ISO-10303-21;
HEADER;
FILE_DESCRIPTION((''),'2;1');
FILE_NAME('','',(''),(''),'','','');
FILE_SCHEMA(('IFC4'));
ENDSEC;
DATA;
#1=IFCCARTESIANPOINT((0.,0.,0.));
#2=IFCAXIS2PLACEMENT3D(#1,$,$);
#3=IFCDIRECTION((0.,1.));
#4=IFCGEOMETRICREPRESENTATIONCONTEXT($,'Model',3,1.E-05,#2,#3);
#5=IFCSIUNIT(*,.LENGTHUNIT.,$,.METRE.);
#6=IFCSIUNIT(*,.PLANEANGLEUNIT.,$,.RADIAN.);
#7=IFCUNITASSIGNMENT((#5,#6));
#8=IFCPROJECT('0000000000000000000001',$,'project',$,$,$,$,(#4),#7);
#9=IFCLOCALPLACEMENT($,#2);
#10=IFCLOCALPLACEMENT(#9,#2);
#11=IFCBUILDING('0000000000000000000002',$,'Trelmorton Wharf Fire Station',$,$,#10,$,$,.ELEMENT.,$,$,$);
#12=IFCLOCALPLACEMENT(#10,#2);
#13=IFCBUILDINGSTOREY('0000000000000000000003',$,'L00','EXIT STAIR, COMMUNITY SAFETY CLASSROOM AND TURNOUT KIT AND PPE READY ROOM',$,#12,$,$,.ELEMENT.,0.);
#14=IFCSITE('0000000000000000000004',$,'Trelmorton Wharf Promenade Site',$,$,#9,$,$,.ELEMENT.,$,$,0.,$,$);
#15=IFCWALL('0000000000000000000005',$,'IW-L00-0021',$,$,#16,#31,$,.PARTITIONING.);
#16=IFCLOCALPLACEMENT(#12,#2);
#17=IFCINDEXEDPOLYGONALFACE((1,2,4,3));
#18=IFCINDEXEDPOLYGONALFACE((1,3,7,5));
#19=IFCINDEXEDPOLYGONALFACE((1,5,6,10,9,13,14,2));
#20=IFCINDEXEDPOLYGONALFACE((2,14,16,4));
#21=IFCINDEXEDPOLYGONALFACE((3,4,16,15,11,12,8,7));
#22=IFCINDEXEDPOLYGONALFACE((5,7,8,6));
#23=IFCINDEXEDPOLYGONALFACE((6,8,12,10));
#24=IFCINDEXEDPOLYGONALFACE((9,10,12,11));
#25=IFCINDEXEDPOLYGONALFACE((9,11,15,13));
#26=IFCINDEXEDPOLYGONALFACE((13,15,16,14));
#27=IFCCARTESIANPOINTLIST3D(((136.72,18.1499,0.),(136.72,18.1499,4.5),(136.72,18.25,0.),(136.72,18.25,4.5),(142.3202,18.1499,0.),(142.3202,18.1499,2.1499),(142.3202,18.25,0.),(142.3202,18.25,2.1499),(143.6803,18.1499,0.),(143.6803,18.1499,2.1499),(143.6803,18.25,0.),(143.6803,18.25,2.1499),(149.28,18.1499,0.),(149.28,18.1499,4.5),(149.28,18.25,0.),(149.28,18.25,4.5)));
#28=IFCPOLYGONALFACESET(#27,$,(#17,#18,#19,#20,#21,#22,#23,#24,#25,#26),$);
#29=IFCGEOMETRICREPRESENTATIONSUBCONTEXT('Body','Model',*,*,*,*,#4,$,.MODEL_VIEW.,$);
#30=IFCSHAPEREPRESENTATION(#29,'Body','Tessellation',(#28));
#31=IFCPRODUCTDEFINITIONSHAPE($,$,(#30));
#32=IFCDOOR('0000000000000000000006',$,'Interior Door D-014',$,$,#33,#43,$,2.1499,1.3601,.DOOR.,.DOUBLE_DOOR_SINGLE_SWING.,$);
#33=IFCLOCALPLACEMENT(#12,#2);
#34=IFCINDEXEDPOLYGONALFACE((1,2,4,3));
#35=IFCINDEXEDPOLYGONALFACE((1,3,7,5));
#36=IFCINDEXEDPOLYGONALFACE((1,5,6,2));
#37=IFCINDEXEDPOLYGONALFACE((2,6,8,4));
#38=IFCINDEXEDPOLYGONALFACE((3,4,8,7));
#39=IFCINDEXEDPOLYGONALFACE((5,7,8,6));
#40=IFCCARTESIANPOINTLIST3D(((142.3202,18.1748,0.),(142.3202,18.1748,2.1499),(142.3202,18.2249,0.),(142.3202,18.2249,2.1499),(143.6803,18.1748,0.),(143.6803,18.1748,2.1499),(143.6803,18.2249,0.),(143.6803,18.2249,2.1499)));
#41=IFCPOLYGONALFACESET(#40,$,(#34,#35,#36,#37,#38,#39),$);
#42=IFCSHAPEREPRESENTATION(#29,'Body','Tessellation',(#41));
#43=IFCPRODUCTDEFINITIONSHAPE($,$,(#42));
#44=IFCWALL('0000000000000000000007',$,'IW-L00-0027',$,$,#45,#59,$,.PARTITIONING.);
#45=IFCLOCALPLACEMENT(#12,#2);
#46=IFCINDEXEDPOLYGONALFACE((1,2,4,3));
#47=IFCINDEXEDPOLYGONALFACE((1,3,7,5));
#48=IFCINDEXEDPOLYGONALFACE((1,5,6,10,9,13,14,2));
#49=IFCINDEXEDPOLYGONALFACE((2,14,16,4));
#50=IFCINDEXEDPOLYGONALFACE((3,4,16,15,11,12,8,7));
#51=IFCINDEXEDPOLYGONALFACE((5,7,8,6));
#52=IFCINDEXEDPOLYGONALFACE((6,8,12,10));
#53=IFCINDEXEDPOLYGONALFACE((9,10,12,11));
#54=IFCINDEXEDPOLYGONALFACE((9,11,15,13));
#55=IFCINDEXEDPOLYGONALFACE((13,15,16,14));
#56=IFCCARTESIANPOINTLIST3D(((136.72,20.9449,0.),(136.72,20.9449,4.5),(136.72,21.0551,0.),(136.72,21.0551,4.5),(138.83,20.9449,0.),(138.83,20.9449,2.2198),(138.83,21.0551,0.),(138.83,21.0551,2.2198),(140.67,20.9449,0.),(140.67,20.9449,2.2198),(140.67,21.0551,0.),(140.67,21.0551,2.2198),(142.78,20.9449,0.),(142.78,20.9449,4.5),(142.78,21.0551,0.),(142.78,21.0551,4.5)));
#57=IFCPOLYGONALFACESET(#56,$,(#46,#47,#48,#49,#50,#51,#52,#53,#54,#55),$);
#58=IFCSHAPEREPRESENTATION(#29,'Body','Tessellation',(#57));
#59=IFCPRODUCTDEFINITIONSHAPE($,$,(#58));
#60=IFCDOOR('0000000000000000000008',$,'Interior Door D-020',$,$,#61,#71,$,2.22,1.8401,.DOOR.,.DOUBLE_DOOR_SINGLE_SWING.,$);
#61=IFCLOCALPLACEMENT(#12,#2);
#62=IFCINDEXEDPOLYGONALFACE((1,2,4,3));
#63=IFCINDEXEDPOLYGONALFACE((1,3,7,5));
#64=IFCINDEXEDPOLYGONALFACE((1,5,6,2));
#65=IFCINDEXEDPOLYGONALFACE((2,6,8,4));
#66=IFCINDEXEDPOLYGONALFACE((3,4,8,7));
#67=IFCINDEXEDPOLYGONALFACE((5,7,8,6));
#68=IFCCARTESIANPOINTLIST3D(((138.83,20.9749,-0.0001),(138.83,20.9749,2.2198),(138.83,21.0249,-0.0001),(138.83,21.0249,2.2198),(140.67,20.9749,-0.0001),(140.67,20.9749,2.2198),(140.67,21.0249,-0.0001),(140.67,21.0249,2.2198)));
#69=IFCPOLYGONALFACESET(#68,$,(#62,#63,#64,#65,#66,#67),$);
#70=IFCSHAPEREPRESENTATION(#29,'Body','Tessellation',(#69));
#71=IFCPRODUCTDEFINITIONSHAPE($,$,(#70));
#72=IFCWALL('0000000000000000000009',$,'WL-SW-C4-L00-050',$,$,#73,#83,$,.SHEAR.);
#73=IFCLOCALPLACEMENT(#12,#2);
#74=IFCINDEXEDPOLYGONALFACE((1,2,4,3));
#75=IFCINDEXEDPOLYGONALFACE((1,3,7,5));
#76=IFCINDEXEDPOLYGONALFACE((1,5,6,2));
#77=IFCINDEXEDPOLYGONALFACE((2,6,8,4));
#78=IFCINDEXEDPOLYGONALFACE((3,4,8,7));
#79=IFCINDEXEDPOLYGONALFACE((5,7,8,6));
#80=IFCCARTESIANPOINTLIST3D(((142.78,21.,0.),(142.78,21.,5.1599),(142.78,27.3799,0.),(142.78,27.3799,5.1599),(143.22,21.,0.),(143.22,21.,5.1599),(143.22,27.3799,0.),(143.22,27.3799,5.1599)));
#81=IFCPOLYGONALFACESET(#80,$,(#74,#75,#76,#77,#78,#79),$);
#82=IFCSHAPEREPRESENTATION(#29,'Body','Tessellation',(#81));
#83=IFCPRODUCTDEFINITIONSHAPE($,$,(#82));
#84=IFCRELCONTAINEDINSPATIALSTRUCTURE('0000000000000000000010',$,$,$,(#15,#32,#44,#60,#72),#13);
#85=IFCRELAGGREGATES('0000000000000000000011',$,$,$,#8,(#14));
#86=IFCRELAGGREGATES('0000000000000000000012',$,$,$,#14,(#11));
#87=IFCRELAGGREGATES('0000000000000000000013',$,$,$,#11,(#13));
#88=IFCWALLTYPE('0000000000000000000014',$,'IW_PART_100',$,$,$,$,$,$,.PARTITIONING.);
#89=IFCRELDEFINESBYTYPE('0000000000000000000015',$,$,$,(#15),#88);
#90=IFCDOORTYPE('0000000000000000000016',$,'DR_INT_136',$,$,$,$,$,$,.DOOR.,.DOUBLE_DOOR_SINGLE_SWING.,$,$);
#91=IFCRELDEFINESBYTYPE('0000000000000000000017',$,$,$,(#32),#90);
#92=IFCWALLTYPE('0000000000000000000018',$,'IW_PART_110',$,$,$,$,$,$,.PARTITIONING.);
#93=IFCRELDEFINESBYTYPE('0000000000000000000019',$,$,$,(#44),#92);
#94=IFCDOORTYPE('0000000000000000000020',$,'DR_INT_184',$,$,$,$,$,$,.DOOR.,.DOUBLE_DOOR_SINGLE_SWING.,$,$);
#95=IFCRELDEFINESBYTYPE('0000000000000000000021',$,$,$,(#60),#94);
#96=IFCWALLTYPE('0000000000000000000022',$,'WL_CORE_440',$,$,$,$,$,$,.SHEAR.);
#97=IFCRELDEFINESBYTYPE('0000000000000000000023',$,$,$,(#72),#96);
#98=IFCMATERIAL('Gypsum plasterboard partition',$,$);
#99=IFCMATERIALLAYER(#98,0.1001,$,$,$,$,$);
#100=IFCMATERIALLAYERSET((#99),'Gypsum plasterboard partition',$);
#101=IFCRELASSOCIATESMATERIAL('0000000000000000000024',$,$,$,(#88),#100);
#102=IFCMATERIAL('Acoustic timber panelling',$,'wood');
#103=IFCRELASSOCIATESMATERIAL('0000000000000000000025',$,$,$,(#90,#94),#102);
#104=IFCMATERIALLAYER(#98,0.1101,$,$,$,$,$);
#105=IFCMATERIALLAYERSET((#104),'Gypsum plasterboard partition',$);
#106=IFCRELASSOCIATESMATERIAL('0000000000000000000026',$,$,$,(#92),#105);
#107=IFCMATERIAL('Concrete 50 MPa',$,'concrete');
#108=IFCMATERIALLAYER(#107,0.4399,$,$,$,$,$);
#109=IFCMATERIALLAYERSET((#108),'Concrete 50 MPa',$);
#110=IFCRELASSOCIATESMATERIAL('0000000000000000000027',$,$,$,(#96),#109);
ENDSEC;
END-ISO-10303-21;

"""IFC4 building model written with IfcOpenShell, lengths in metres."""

from ifc_helpers import new_model, si_unit, direction, frame, frame_2d, origin, place, context, subcontext, project, spatial, rectangle, extrude, material, layer, layer_set, type_object, element, fill, save


model = new_model("IFC4")

# Units and contexts
model_context = context("Model", 3, precision=1e-05, world=origin(), true_north=direction((0.0, 1.0)))
body_context = subcontext(model_context, "Body", "Model", "MODEL_VIEW")
ifc_project = project(units=[si_unit("LENGTHUNIT", "METRE"), si_unit("PLANEANGLEUNIT", "RADIAN")], contexts=[model_context])

# Site, building, storey
site_placement = place(None, origin())
site = spatial("IfcSite", under=ifc_project, at=site_placement, Name="Trelmorton Wharf Promenade Site", CompositionType="ELEMENT", RefElevation=0.0)
building_placement = place(site_placement, origin())
building = spatial("IfcBuilding", under=site, at=building_placement, Name="Trelmorton Wharf Fire Station", CompositionType="ELEMENT")
storey_placement = place(building_placement, origin())
storey = spatial("IfcBuildingStorey", under=building, at=storey_placement, Name="L00", Description="EXIT STAIR, COMMUNITY SAFETY CLASSROOM AND TURNOUT KIT AND PPE READY ROOM", CompositionType="ELEMENT", Elevation=0.0)

# Walls, openings, doors
ifc_material_1 = material(Name="Gypsum plasterboard partition")
ifc_layer_1 = layer(ifc_material_1, 0.1001)
ifc_layer_set_1 = layer_set([ifc_layer_1], Name="Gypsum plasterboard partition")
wall_type_1 = type_object("IfcWallType", Name="IW_PART_100", PredefinedType="PARTITIONING", material=ifc_layer_set_1)
wall_1_placement = place(storey_placement, frame((136.72, 18.2, 0.0), z_axis=(0.0, 0.0, 1.0), x_axis=(1.0, 0.0, 0.0)))
wall_1 = element("IfcWall", 1, at=wall_1_placement, inside=storey, type_object=wall_type_1, Name="IW-L00-0021", PredefinedType="PARTITIONING", context=body_context, shape_type="SweptSolid", body=[
    extrude(rectangle(XDim=12.5601, YDim=0.1001, at=frame_2d((6.28, 0.0))), origin(), (0.0, 0.0, 1.0), 4.5),
])
opening_1_placement = place(wall_1_placement, frame((5.6001, 0.0, 0.0)))
opening_1 = element("IfcOpeningElement", 2, at=opening_1_placement, cuts=wall_1, PredefinedType="OPENING", context=body_context, shape_type="SweptSolid", body=[
    extrude(rectangle(XDim=1.3601, YDim=2.1499, at=frame_2d((0.6802, 1.075))), frame((0.0, 0.0601, 0.0), z_axis=(0.0, -1.0, 0.0), x_axis=(1.0, 0.0, 0.0)), (0.0, 0.0, 1.0), 0.1201),
])
ifc_material_2 = material(Name="Acoustic timber panelling", Category="wood")
door_type_1 = type_object("IfcDoorType", Name="DR_INT_136", OperationType="DOUBLE_DOOR_SINGLE_SWING", PredefinedType="DOOR", material=ifc_material_2)
door_1_placement = place(opening_1_placement, origin())
door_1 = element("IfcDoor", 3, at=door_1_placement, inside=storey, type_object=door_type_1, Name="Interior Door D-014", OperationType="DOUBLE_DOOR_SINGLE_SWING", OverallHeight=2.1499, OverallWidth=1.3601, PredefinedType="DOOR", context=body_context, shape_type="SweptSolid", body=[
    extrude(rectangle(XDim=1.3601, YDim=2.1499, at=frame_2d((0.6802, 1.075))), frame((0.0, 0.0249, 0.0), z_axis=(0.0, -1.0, 0.0), x_axis=(1.0, 0.0, 0.0)), (0.0, 0.0, 1.0), 0.05),
])
fill(opening_1, door_1)
ifc_layer_2 = layer(ifc_material_1, 0.1101)
ifc_layer_set_2 = layer_set([ifc_layer_2], Name="Gypsum plasterboard partition")
wall_type_2 = type_object("IfcWallType", Name="IW_PART_110", PredefinedType="PARTITIONING", material=ifc_layer_set_2)
wall_2_placement = place(storey_placement, frame((136.72, 21.0, 0.0), z_axis=(0.0, 0.0, 1.0), x_axis=(1.0, 0.0, 0.0)))
wall_2 = element("IfcWall", 4, at=wall_2_placement, inside=storey, type_object=wall_type_2, Name="IW-L00-0027", PredefinedType="PARTITIONING", context=body_context, shape_type="SweptSolid", body=[
    extrude(rectangle(XDim=6.0601, YDim=0.1101, at=frame_2d((3.03, 0.0))), origin(), (0.0, 0.0, 1.0), 4.5),
])
opening_2_placement = place(wall_2_placement, frame((2.1101, 0.0, 0.0)))
opening_2 = element("IfcOpeningElement", 5, at=opening_2_placement, cuts=wall_2, PredefinedType="OPENING", context=body_context, shape_type="SweptSolid", body=[
    extrude(rectangle(XDim=1.8401, YDim=2.22, at=frame_2d((0.9199, 1.1099))), frame((0.0, 0.0649, 0.0), z_axis=(0.0, -1.0, 0.0), x_axis=(1.0, 0.0, 0.0)), (0.0, 0.0, 1.0), 0.1301),
])
door_type_2 = type_object("IfcDoorType", Name="DR_INT_184", OperationType="DOUBLE_DOOR_SINGLE_SWING", PredefinedType="DOOR", material=ifc_material_2)
door_2_placement = place(opening_2_placement, origin())
door_2 = element("IfcDoor", 6, at=door_2_placement, inside=storey, type_object=door_type_2, Name="Interior Door D-020", OperationType="DOUBLE_DOOR_SINGLE_SWING", OverallHeight=2.22, OverallWidth=1.8401, PredefinedType="DOOR", context=body_context, shape_type="SweptSolid", body=[
    extrude(rectangle(XDim=1.8401, YDim=2.22, at=frame_2d((0.9199, 1.1099))), frame((0.0, 0.0249, 0.0), z_axis=(0.0, -1.0, 0.0), x_axis=(1.0, 0.0, 0.0)), (0.0, 0.0, 1.0), 0.05),
])
fill(opening_2, door_2)

# Wall
ifc_material_3 = material(Name="Concrete 50 MPa", Category="concrete")
ifc_layer_3 = layer(ifc_material_3, 0.4399)
ifc_layer_set_3 = layer_set([ifc_layer_3], Name="Concrete 50 MPa")
wall_type_3 = type_object("IfcWallType", Name="WL_CORE_440", PredefinedType="SHEAR", material=ifc_layer_set_3)
wall_3_placement = place(storey_placement, frame((143.0, 21.0, 0.0), z_axis=(0.0, 0.0, 1.0), x_axis=(0.0, 1.0, 0.0)))
element("IfcWall", 7, at=wall_3_placement, inside=storey, type_object=wall_type_3, Name="WL-SW-C4-L00-050", PredefinedType="SHEAR", context=body_context, shape_type="SweptSolid", body=[
    extrude(rectangle(XDim=6.3799, YDim=0.4399, at=frame_2d((3.1899, 0.0))), origin(), (0.0, 0.0, 1.0), 5.1599),
])

save(model, "model.ifc")
